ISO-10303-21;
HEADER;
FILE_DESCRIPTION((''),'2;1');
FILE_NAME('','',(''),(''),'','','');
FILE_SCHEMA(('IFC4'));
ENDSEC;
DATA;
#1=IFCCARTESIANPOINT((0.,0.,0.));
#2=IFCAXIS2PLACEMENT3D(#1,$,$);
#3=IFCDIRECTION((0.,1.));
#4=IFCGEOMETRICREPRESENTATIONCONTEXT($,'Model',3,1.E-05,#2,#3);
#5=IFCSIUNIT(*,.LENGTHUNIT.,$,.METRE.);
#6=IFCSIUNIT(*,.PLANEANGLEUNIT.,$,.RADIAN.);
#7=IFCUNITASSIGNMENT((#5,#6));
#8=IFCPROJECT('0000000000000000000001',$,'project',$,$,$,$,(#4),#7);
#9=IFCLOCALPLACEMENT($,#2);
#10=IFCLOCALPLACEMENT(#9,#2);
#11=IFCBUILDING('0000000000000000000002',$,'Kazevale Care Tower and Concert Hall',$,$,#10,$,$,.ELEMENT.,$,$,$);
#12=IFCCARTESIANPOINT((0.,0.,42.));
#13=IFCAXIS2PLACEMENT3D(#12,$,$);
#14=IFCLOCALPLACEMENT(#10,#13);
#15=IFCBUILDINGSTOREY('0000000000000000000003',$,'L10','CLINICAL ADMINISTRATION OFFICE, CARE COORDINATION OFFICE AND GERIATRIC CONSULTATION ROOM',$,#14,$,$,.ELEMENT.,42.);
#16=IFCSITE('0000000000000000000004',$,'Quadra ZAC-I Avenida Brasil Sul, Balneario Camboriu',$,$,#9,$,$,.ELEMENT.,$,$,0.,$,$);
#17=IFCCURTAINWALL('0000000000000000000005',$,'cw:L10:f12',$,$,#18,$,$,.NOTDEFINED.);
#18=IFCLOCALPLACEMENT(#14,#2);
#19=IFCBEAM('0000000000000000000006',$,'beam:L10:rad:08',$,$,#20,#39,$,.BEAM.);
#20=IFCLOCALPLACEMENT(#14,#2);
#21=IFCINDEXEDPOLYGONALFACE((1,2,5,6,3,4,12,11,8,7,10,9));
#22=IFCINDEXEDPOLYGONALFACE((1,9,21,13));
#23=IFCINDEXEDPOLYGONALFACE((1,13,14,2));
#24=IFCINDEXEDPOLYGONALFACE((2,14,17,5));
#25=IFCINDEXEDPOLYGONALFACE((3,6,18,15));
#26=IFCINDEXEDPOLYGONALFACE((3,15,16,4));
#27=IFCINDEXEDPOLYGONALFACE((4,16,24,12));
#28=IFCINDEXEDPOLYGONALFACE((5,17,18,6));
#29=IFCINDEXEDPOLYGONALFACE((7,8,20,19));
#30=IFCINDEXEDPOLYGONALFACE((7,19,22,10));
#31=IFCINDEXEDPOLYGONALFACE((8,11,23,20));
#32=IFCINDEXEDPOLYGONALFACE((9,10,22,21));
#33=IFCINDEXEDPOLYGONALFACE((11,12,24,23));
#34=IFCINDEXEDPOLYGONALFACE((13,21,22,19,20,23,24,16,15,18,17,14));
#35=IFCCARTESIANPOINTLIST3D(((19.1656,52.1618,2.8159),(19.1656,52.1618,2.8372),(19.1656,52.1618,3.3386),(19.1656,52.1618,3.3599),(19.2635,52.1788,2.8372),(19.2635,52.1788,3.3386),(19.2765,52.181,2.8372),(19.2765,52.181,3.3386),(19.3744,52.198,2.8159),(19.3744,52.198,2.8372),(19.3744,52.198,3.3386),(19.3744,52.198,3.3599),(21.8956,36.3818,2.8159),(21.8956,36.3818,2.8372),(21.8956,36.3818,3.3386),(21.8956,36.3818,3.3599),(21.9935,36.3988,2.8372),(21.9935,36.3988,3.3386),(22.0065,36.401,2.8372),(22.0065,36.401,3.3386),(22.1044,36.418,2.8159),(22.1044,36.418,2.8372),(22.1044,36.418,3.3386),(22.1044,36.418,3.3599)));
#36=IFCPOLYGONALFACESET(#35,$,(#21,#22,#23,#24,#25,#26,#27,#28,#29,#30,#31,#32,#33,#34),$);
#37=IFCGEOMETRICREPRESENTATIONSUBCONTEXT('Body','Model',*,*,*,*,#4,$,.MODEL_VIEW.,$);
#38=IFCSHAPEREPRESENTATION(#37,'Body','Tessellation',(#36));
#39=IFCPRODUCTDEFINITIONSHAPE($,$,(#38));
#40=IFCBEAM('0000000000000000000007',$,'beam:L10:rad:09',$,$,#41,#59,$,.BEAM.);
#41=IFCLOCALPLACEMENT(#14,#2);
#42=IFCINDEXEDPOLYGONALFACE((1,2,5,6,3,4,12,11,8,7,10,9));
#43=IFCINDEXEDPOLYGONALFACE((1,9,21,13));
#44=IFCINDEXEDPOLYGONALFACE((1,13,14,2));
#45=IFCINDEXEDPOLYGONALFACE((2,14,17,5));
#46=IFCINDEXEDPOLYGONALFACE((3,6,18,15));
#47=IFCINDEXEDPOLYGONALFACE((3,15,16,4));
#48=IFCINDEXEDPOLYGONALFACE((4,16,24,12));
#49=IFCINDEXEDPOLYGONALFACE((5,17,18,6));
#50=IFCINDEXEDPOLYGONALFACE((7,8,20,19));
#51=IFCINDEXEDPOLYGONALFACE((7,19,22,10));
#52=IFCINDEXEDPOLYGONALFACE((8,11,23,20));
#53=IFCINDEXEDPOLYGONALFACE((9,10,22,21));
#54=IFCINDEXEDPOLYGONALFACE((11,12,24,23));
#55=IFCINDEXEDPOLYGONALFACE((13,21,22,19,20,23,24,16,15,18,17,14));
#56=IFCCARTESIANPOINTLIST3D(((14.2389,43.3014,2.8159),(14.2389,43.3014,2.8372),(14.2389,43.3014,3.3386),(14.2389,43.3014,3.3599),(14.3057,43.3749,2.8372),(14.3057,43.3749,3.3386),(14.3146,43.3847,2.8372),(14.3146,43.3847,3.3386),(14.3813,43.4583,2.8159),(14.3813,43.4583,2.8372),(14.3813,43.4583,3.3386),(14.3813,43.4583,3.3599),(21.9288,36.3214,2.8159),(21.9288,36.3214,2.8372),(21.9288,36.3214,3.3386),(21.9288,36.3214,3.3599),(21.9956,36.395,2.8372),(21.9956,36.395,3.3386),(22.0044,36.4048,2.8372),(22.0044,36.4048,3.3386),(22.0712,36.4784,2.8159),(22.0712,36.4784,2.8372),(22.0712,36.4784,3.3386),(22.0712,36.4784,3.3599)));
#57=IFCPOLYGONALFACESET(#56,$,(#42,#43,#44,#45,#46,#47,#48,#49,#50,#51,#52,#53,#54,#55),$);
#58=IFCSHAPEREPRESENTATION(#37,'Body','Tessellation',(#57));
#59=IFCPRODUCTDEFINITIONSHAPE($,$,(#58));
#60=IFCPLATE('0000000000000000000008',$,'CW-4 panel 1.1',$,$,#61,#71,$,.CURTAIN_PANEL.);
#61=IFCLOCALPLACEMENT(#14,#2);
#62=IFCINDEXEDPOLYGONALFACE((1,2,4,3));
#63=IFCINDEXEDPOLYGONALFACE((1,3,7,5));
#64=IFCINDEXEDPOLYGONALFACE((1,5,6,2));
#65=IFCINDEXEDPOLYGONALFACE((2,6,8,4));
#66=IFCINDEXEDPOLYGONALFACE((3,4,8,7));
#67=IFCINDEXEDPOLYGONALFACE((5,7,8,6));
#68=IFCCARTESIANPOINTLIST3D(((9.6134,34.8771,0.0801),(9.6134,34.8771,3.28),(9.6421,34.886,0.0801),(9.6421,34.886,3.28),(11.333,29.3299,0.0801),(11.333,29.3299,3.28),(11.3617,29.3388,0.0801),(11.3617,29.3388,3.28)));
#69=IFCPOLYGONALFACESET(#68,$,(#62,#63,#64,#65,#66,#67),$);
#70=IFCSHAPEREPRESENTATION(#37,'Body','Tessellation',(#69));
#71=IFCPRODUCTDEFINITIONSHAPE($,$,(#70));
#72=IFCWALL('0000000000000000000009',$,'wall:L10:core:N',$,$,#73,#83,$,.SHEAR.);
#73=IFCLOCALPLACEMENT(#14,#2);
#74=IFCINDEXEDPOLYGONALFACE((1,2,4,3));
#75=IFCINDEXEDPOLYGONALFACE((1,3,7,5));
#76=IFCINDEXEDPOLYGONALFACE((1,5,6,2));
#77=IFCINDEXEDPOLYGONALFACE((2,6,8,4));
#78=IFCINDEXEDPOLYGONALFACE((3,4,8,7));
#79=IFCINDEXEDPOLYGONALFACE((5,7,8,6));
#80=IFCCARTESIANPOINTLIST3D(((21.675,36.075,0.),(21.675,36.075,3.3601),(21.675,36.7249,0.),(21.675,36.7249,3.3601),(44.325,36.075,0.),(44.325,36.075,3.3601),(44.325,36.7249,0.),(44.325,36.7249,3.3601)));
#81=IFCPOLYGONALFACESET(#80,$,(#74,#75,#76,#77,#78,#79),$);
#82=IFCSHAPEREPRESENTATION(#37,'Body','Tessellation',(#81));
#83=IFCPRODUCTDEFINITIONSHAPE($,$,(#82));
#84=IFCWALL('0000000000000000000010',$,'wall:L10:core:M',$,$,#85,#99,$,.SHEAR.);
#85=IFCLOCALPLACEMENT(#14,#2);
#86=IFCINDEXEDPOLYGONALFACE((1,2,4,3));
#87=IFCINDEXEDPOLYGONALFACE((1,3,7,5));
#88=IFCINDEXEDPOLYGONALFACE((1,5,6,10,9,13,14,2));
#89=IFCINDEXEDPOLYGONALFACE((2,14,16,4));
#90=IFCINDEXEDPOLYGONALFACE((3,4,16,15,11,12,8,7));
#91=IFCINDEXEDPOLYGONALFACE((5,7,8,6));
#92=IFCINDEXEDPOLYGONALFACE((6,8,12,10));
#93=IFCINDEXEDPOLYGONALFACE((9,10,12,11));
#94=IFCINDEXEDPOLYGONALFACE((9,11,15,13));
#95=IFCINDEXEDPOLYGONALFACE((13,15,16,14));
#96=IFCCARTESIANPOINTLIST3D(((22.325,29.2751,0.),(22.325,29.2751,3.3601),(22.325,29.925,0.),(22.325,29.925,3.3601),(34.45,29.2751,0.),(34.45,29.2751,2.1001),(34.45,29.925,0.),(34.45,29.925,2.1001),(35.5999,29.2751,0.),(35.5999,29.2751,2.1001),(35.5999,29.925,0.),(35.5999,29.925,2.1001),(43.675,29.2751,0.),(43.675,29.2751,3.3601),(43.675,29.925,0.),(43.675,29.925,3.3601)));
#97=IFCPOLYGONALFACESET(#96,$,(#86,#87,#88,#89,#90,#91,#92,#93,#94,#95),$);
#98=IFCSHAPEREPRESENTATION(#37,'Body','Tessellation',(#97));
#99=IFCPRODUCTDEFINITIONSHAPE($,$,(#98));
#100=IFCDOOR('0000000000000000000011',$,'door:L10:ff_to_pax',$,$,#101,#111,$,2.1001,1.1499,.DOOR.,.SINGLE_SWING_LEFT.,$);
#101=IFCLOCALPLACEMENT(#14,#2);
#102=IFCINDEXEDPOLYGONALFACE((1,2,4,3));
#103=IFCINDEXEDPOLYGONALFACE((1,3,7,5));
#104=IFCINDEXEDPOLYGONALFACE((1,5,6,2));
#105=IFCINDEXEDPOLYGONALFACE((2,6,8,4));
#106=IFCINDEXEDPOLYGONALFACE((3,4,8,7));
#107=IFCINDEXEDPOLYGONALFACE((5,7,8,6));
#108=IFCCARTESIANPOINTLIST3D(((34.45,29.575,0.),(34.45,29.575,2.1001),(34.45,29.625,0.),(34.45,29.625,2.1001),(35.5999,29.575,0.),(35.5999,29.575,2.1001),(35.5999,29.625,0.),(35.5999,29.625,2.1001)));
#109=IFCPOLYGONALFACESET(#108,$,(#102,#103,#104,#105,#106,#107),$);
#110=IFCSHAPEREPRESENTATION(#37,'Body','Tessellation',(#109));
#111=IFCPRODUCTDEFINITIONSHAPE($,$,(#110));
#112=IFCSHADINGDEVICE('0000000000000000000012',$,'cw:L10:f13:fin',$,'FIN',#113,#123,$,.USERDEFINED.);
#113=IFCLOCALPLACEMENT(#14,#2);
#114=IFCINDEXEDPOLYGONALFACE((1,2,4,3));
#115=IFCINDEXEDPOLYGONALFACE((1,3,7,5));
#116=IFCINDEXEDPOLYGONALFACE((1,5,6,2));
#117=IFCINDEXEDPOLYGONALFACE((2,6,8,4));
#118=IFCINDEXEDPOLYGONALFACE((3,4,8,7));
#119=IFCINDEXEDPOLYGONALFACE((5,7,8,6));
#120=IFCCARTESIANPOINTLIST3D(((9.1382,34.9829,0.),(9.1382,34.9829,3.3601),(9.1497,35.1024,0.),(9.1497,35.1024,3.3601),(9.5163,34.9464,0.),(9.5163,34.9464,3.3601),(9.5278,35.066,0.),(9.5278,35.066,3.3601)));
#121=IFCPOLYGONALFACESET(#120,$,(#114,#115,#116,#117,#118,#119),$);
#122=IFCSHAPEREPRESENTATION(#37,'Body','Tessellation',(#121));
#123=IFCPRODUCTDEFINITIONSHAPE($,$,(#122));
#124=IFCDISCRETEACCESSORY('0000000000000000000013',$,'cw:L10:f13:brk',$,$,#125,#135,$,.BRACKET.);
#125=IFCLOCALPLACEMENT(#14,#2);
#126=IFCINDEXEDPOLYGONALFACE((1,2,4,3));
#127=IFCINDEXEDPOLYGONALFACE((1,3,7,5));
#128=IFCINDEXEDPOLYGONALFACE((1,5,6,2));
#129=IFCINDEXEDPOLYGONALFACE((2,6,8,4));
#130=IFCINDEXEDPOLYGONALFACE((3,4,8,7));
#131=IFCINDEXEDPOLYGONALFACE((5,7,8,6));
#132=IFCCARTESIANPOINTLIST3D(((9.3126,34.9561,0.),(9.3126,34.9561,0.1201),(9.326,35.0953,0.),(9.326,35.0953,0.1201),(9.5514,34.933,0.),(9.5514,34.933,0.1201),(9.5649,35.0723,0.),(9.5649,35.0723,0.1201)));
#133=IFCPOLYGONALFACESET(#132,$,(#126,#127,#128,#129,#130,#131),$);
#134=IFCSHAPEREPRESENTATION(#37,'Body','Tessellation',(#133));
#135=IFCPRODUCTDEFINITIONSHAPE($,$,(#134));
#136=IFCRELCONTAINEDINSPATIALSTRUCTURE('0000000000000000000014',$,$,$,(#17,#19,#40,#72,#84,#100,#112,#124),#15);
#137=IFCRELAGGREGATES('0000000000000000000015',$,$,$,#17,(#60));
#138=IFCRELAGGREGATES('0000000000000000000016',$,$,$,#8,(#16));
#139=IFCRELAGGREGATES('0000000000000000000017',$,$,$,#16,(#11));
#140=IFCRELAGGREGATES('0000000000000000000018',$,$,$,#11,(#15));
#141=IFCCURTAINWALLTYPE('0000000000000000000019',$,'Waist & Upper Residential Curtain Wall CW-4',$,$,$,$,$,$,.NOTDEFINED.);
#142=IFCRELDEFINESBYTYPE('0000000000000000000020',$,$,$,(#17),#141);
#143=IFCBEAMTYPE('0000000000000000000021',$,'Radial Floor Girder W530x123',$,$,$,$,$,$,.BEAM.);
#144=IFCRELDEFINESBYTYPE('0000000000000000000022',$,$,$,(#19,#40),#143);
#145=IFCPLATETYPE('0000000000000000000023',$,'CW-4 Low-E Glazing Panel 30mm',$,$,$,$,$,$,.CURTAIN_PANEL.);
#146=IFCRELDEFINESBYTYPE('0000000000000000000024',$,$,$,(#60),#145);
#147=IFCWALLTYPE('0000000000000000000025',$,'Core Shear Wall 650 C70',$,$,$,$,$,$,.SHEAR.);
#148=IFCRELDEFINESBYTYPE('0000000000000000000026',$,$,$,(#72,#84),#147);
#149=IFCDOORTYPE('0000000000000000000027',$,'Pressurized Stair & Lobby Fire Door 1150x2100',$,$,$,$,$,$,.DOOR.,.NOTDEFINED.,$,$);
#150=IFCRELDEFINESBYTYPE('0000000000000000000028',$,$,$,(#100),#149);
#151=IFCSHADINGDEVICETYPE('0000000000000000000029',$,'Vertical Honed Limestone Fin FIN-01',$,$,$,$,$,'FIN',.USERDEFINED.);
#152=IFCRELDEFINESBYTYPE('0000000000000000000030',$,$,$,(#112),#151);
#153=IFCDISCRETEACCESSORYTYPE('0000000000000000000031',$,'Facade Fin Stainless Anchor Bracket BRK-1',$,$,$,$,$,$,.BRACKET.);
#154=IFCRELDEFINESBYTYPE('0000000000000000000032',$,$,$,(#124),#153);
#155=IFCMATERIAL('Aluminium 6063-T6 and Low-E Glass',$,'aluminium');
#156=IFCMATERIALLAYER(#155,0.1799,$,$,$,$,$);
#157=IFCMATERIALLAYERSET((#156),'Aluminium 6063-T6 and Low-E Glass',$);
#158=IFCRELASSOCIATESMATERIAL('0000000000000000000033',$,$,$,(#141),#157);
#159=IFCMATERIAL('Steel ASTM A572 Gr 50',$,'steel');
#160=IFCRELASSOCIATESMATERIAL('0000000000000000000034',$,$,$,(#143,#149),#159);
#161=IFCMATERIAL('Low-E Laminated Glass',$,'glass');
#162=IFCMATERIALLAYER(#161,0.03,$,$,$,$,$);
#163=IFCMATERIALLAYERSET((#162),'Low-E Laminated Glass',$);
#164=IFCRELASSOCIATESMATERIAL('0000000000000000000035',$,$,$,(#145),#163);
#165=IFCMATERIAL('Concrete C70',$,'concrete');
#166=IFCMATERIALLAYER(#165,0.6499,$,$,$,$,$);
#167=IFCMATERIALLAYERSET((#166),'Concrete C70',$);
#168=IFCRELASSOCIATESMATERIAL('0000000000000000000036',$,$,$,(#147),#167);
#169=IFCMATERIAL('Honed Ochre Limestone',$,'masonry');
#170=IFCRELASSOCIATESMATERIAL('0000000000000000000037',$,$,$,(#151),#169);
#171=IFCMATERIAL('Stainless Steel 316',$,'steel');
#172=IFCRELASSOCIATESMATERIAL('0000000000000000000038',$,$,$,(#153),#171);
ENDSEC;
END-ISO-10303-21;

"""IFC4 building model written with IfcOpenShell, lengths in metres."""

from ifc_helpers import new_model, si_unit, direction, frame, frame_2d, origin, origin_2d, place, context, subcontext, project, spatial, rectangle, i_section, extrude, material, layer, layer_set, material_profile, profile_set, type_object, element, fill, aggregate, save


model = new_model("IFC4")

# Units and contexts
model_context = context("Model", 3, precision=1e-05, world=origin(), true_north=direction((0.0, 1.0)))
body_context = subcontext(model_context, "Body", "Model", "MODEL_VIEW")
ifc_project = project(units=[si_unit("LENGTHUNIT", "METRE"), si_unit("PLANEANGLEUNIT", "RADIAN")], contexts=[model_context])

# Site, building, storey
site_placement = place(None, origin())
site = spatial("IfcSite", under=ifc_project, at=site_placement, Name="Quadra ZAC-I Avenida Brasil Sul, Balneario Camboriu", CompositionType="ELEMENT", RefElevation=0.0)
building_placement = place(site_placement, origin())
building = spatial("IfcBuilding", under=site, at=building_placement, Name="Kazevale Care Tower and Concert Hall", CompositionType="ELEMENT")
storey_placement = place(building_placement, frame((0.0, 0.0, 42.0)))
storey = spatial("IfcBuildingStorey", under=building, at=storey_placement, Name="L10", Description="CLINICAL ADMINISTRATION OFFICE, CARE COORDINATION OFFICE AND GERIATRIC CONSULTATION ROOM", CompositionType="ELEMENT", Elevation=42.0)

# Shared definitions
ifc_material_1 = material(Name="Concrete C70", Category="concrete")

# Shared definitions
ifc_material_2 = material(Name="Aluminium 6063-T6 and Low-E Glass", Category="aluminium")
ifc_layer_1 = layer(ifc_material_2, 0.1799)
ifc_layer_set_1 = layer_set([ifc_layer_1], Name="Aluminium 6063-T6 and Low-E Glass")
curtain_wall_type = type_object("IfcCurtainWallType", Name="Waist & Upper Residential Curtain Wall CW-4", PredefinedType="NOTDEFINED", material=ifc_layer_set_1)

# Curtain wall
curtain_wall_1_placement = place(storey_placement, origin())
curtain_wall_1 = element("IfcCurtainWall", 1, at=curtain_wall_1_placement, inside=storey, type_object=curtain_wall_type, Name="cw:L10:f12", PredefinedType="NOTDEFINED")

# Beams
ifc_material_3 = material(Name="Steel ASTM A572 Gr 50", Category="steel")
ifc_material_profile_1 = material_profile(ifc_material_3, i_section(OverallWidth=0.2119, OverallDepth=0.5439, WebThickness=0.0132, FlangeThickness=0.0212, at=origin_2d()), Name="W530x123")
ifc_profile_set_1 = profile_set([ifc_material_profile_1], Name="Steel ASTM A572 Gr 50")
beam_type = type_object("IfcBeamType", Name="Radial Floor Girder W530x123", PredefinedType="BEAM", material=ifc_profile_set_1)
beam_1_placement = place(storey_placement, frame((22.0, 36.3999, 3.0879), z_axis=(-0.17047, 0.985363, 0.0), x_axis=(-0.985363, -0.17047, 0.0)))
element("IfcBeam", 2, at=beam_1_placement, inside=storey, type_object=beam_type, Name="beam:L10:rad:08", PredefinedType="BEAM", context=body_context, shape_type="SweptSolid", body=[
    extrude(i_section(OverallWidth=0.2119, OverallDepth=0.5439, WebThickness=0.0132, FlangeThickness=0.0212, at=origin_2d()), origin(), (0.0, 0.0, 1.0), 16.0144),
])
beam_2_placement = place(storey_placement, frame((22.0, 36.3999, 3.0879), z_axis=(-0.740461, 0.672099, 0.0), x_axis=(-0.672099, -0.740461, 0.0)))
element("IfcBeam", 3, at=beam_2_placement, inside=storey, type_object=beam_type, Name="beam:L10:rad:09", PredefinedType="BEAM", context=body_context, shape_type="SweptSolid", body=[
    extrude(i_section(OverallWidth=0.2119, OverallDepth=0.5439, WebThickness=0.0132, FlangeThickness=0.0212, at=origin_2d()), origin(), (0.0, 0.0, 1.0), 10.3853),
])

# Plate
ifc_material_4 = material(Name="Low-E Laminated Glass", Category="glass")
ifc_layer_2 = layer(ifc_material_4, 0.03)
ifc_layer_set_2 = layer_set([ifc_layer_2], Name="Low-E Laminated Glass")
plate_type = type_object("IfcPlateType", Name="CW-4 Low-E Glazing Panel 30mm", PredefinedType="CURTAIN_PANEL", material=ifc_layer_set_2)
plate_placement = place(storey_placement, frame((10.4875, 32.1079, 0.0801), z_axis=(0.0, 0.0, 1.0), x_axis=(-0.296099, 0.955157, 0.0)))
plate = element("IfcPlate", 4, at=plate_placement, type_object=plate_type, Name="CW-4 panel 1.1", PredefinedType="CURTAIN_PANEL", context=body_context, shape_type="SweptSolid", body=[
    extrude(rectangle(XDim=5.8076, YDim=0.03, at=origin_2d()), origin(), (0.0, 0.0, 1.0), 3.2),
])
aggregate(curtain_wall_1, [plate])

# Wall
ifc_layer_3 = layer(ifc_material_1, 0.6499)
ifc_layer_set_3 = layer_set([ifc_layer_3], Name="Concrete C70")
wall_type = type_object("IfcWallType", Name="Core Shear Wall 650 C70", PredefinedType="SHEAR", material=ifc_layer_set_3)
wall_1_placement = place(storey_placement, frame((21.675, 36.3999, 0.0), z_axis=(0.0, 0.0, 1.0), x_axis=(1.0, 0.0, 0.0)))
element("IfcWall", 5, at=wall_1_placement, inside=storey, type_object=wall_type, Name="wall:L10:core:N", PredefinedType="SHEAR", context=body_context, shape_type="SweptSolid", body=[
    extrude(rectangle(XDim=22.6499, YDim=0.6499, at=frame_2d((11.325, 0.0))), origin(), (0.0, 0.0, 1.0), 3.3601),
])

# Wall, opening, door
wall_2_placement = place(storey_placement, frame((22.325, 29.6001, 0.0), z_axis=(0.0, 0.0, 1.0), x_axis=(1.0, 0.0, 0.0)))
wall_2 = element("IfcWall", 6, at=wall_2_placement, inside=storey, type_object=wall_type, Name="wall:L10:core:M", PredefinedType="SHEAR", context=body_context, shape_type="SweptSolid", body=[
    extrude(rectangle(XDim=21.3501, YDim=0.6499, at=frame_2d((10.675, 0.0))), origin(), (0.0, 0.0, 1.0), 3.3601),
])
opening_placement = place(wall_2_placement, frame((12.125, 0.0, 0.0)))
opening = element("IfcOpeningElement", 7, at=opening_placement, cuts=wall_2, PredefinedType="OPENING", context=body_context, shape_type="SweptSolid", body=[
    extrude(rectangle(XDim=1.1499, YDim=2.1001, at=frame_2d((0.575, 1.05))), frame((0.0, 0.335, 0.0), z_axis=(0.0, -1.0, 0.0), x_axis=(1.0, 0.0, 0.0)), (0.0, 0.0, 1.0), 0.6699),
])
door_type = type_object("IfcDoorType", Name="Pressurized Stair & Lobby Fire Door 1150x2100", OperationType="NOTDEFINED", PredefinedType="DOOR", material=ifc_material_3)
door_placement = place(opening_placement, origin())
door = element("IfcDoor", 8, at=door_placement, inside=storey, type_object=door_type, Name="door:L10:ff_to_pax", OperationType="SINGLE_SWING_LEFT", OverallHeight=2.1001, OverallWidth=1.1499, PredefinedType="DOOR", context=body_context, shape_type="SweptSolid", body=[
    extrude(rectangle(XDim=1.1499, YDim=2.1001, at=frame_2d((0.575, 1.05))), frame((0.0, 0.0249, 0.0), z_axis=(0.0, -1.0, 0.0), x_axis=(1.0, 0.0, 0.0)), (0.0, 0.0, 1.0), 0.05),
])
fill(opening, door)

# Shading device
ifc_material_5 = material(Name="Honed Ochre Limestone", Category="masonry")
shading_device_type = type_object("IfcShadingDeviceType", Name="Vertical Honed Limestone Fin FIN-01", ElementType="FIN", PredefinedType="USERDEFINED", material=ifc_material_5)
shading_device_placement = place(storey_placement, frame((9.333, 35.0244, 0.0), z_axis=(0.0, 0.0, 1.0), x_axis=(-0.995379, 0.096019, 0.0)))
element("IfcShadingDevice", 9, at=shading_device_placement, inside=storey, type_object=shading_device_type, Name="cw:L10:f13:fin", ObjectType="FIN", PredefinedType="USERDEFINED", context=body_context, shape_type="SweptSolid", body=[
    extrude(rectangle(XDim=0.3799, YDim=0.1201, at=origin_2d()), origin(), (0.0, 0.0, 1.0), 3.3601),
])

# Discrete accessory
ifc_material_6 = material(Name="Stainless Steel 316", Category="steel")
discrete_accessory_type = type_object("IfcDiscreteAccessoryType", Name="Facade Fin Stainless Anchor Bracket BRK-1", PredefinedType="BRACKET", material=ifc_material_6)
discrete_accessory_placement = place(storey_placement, frame((9.4387, 35.0142, 0.0), z_axis=(0.0, 0.0, 1.0), x_axis=(-0.995379, 0.096019, 0.0)))
element("IfcDiscreteAccessory", 10, at=discrete_accessory_placement, inside=storey, type_object=discrete_accessory_type, Name="cw:L10:f13:brk", PredefinedType="BRACKET", context=body_context, shape_type="SweptSolid", body=[
    extrude(rectangle(XDim=0.24, YDim=0.1399, at=origin_2d()), origin(), (0.0, 0.0, 1.0), 0.1201),
])

save(model, "model.ifc")
